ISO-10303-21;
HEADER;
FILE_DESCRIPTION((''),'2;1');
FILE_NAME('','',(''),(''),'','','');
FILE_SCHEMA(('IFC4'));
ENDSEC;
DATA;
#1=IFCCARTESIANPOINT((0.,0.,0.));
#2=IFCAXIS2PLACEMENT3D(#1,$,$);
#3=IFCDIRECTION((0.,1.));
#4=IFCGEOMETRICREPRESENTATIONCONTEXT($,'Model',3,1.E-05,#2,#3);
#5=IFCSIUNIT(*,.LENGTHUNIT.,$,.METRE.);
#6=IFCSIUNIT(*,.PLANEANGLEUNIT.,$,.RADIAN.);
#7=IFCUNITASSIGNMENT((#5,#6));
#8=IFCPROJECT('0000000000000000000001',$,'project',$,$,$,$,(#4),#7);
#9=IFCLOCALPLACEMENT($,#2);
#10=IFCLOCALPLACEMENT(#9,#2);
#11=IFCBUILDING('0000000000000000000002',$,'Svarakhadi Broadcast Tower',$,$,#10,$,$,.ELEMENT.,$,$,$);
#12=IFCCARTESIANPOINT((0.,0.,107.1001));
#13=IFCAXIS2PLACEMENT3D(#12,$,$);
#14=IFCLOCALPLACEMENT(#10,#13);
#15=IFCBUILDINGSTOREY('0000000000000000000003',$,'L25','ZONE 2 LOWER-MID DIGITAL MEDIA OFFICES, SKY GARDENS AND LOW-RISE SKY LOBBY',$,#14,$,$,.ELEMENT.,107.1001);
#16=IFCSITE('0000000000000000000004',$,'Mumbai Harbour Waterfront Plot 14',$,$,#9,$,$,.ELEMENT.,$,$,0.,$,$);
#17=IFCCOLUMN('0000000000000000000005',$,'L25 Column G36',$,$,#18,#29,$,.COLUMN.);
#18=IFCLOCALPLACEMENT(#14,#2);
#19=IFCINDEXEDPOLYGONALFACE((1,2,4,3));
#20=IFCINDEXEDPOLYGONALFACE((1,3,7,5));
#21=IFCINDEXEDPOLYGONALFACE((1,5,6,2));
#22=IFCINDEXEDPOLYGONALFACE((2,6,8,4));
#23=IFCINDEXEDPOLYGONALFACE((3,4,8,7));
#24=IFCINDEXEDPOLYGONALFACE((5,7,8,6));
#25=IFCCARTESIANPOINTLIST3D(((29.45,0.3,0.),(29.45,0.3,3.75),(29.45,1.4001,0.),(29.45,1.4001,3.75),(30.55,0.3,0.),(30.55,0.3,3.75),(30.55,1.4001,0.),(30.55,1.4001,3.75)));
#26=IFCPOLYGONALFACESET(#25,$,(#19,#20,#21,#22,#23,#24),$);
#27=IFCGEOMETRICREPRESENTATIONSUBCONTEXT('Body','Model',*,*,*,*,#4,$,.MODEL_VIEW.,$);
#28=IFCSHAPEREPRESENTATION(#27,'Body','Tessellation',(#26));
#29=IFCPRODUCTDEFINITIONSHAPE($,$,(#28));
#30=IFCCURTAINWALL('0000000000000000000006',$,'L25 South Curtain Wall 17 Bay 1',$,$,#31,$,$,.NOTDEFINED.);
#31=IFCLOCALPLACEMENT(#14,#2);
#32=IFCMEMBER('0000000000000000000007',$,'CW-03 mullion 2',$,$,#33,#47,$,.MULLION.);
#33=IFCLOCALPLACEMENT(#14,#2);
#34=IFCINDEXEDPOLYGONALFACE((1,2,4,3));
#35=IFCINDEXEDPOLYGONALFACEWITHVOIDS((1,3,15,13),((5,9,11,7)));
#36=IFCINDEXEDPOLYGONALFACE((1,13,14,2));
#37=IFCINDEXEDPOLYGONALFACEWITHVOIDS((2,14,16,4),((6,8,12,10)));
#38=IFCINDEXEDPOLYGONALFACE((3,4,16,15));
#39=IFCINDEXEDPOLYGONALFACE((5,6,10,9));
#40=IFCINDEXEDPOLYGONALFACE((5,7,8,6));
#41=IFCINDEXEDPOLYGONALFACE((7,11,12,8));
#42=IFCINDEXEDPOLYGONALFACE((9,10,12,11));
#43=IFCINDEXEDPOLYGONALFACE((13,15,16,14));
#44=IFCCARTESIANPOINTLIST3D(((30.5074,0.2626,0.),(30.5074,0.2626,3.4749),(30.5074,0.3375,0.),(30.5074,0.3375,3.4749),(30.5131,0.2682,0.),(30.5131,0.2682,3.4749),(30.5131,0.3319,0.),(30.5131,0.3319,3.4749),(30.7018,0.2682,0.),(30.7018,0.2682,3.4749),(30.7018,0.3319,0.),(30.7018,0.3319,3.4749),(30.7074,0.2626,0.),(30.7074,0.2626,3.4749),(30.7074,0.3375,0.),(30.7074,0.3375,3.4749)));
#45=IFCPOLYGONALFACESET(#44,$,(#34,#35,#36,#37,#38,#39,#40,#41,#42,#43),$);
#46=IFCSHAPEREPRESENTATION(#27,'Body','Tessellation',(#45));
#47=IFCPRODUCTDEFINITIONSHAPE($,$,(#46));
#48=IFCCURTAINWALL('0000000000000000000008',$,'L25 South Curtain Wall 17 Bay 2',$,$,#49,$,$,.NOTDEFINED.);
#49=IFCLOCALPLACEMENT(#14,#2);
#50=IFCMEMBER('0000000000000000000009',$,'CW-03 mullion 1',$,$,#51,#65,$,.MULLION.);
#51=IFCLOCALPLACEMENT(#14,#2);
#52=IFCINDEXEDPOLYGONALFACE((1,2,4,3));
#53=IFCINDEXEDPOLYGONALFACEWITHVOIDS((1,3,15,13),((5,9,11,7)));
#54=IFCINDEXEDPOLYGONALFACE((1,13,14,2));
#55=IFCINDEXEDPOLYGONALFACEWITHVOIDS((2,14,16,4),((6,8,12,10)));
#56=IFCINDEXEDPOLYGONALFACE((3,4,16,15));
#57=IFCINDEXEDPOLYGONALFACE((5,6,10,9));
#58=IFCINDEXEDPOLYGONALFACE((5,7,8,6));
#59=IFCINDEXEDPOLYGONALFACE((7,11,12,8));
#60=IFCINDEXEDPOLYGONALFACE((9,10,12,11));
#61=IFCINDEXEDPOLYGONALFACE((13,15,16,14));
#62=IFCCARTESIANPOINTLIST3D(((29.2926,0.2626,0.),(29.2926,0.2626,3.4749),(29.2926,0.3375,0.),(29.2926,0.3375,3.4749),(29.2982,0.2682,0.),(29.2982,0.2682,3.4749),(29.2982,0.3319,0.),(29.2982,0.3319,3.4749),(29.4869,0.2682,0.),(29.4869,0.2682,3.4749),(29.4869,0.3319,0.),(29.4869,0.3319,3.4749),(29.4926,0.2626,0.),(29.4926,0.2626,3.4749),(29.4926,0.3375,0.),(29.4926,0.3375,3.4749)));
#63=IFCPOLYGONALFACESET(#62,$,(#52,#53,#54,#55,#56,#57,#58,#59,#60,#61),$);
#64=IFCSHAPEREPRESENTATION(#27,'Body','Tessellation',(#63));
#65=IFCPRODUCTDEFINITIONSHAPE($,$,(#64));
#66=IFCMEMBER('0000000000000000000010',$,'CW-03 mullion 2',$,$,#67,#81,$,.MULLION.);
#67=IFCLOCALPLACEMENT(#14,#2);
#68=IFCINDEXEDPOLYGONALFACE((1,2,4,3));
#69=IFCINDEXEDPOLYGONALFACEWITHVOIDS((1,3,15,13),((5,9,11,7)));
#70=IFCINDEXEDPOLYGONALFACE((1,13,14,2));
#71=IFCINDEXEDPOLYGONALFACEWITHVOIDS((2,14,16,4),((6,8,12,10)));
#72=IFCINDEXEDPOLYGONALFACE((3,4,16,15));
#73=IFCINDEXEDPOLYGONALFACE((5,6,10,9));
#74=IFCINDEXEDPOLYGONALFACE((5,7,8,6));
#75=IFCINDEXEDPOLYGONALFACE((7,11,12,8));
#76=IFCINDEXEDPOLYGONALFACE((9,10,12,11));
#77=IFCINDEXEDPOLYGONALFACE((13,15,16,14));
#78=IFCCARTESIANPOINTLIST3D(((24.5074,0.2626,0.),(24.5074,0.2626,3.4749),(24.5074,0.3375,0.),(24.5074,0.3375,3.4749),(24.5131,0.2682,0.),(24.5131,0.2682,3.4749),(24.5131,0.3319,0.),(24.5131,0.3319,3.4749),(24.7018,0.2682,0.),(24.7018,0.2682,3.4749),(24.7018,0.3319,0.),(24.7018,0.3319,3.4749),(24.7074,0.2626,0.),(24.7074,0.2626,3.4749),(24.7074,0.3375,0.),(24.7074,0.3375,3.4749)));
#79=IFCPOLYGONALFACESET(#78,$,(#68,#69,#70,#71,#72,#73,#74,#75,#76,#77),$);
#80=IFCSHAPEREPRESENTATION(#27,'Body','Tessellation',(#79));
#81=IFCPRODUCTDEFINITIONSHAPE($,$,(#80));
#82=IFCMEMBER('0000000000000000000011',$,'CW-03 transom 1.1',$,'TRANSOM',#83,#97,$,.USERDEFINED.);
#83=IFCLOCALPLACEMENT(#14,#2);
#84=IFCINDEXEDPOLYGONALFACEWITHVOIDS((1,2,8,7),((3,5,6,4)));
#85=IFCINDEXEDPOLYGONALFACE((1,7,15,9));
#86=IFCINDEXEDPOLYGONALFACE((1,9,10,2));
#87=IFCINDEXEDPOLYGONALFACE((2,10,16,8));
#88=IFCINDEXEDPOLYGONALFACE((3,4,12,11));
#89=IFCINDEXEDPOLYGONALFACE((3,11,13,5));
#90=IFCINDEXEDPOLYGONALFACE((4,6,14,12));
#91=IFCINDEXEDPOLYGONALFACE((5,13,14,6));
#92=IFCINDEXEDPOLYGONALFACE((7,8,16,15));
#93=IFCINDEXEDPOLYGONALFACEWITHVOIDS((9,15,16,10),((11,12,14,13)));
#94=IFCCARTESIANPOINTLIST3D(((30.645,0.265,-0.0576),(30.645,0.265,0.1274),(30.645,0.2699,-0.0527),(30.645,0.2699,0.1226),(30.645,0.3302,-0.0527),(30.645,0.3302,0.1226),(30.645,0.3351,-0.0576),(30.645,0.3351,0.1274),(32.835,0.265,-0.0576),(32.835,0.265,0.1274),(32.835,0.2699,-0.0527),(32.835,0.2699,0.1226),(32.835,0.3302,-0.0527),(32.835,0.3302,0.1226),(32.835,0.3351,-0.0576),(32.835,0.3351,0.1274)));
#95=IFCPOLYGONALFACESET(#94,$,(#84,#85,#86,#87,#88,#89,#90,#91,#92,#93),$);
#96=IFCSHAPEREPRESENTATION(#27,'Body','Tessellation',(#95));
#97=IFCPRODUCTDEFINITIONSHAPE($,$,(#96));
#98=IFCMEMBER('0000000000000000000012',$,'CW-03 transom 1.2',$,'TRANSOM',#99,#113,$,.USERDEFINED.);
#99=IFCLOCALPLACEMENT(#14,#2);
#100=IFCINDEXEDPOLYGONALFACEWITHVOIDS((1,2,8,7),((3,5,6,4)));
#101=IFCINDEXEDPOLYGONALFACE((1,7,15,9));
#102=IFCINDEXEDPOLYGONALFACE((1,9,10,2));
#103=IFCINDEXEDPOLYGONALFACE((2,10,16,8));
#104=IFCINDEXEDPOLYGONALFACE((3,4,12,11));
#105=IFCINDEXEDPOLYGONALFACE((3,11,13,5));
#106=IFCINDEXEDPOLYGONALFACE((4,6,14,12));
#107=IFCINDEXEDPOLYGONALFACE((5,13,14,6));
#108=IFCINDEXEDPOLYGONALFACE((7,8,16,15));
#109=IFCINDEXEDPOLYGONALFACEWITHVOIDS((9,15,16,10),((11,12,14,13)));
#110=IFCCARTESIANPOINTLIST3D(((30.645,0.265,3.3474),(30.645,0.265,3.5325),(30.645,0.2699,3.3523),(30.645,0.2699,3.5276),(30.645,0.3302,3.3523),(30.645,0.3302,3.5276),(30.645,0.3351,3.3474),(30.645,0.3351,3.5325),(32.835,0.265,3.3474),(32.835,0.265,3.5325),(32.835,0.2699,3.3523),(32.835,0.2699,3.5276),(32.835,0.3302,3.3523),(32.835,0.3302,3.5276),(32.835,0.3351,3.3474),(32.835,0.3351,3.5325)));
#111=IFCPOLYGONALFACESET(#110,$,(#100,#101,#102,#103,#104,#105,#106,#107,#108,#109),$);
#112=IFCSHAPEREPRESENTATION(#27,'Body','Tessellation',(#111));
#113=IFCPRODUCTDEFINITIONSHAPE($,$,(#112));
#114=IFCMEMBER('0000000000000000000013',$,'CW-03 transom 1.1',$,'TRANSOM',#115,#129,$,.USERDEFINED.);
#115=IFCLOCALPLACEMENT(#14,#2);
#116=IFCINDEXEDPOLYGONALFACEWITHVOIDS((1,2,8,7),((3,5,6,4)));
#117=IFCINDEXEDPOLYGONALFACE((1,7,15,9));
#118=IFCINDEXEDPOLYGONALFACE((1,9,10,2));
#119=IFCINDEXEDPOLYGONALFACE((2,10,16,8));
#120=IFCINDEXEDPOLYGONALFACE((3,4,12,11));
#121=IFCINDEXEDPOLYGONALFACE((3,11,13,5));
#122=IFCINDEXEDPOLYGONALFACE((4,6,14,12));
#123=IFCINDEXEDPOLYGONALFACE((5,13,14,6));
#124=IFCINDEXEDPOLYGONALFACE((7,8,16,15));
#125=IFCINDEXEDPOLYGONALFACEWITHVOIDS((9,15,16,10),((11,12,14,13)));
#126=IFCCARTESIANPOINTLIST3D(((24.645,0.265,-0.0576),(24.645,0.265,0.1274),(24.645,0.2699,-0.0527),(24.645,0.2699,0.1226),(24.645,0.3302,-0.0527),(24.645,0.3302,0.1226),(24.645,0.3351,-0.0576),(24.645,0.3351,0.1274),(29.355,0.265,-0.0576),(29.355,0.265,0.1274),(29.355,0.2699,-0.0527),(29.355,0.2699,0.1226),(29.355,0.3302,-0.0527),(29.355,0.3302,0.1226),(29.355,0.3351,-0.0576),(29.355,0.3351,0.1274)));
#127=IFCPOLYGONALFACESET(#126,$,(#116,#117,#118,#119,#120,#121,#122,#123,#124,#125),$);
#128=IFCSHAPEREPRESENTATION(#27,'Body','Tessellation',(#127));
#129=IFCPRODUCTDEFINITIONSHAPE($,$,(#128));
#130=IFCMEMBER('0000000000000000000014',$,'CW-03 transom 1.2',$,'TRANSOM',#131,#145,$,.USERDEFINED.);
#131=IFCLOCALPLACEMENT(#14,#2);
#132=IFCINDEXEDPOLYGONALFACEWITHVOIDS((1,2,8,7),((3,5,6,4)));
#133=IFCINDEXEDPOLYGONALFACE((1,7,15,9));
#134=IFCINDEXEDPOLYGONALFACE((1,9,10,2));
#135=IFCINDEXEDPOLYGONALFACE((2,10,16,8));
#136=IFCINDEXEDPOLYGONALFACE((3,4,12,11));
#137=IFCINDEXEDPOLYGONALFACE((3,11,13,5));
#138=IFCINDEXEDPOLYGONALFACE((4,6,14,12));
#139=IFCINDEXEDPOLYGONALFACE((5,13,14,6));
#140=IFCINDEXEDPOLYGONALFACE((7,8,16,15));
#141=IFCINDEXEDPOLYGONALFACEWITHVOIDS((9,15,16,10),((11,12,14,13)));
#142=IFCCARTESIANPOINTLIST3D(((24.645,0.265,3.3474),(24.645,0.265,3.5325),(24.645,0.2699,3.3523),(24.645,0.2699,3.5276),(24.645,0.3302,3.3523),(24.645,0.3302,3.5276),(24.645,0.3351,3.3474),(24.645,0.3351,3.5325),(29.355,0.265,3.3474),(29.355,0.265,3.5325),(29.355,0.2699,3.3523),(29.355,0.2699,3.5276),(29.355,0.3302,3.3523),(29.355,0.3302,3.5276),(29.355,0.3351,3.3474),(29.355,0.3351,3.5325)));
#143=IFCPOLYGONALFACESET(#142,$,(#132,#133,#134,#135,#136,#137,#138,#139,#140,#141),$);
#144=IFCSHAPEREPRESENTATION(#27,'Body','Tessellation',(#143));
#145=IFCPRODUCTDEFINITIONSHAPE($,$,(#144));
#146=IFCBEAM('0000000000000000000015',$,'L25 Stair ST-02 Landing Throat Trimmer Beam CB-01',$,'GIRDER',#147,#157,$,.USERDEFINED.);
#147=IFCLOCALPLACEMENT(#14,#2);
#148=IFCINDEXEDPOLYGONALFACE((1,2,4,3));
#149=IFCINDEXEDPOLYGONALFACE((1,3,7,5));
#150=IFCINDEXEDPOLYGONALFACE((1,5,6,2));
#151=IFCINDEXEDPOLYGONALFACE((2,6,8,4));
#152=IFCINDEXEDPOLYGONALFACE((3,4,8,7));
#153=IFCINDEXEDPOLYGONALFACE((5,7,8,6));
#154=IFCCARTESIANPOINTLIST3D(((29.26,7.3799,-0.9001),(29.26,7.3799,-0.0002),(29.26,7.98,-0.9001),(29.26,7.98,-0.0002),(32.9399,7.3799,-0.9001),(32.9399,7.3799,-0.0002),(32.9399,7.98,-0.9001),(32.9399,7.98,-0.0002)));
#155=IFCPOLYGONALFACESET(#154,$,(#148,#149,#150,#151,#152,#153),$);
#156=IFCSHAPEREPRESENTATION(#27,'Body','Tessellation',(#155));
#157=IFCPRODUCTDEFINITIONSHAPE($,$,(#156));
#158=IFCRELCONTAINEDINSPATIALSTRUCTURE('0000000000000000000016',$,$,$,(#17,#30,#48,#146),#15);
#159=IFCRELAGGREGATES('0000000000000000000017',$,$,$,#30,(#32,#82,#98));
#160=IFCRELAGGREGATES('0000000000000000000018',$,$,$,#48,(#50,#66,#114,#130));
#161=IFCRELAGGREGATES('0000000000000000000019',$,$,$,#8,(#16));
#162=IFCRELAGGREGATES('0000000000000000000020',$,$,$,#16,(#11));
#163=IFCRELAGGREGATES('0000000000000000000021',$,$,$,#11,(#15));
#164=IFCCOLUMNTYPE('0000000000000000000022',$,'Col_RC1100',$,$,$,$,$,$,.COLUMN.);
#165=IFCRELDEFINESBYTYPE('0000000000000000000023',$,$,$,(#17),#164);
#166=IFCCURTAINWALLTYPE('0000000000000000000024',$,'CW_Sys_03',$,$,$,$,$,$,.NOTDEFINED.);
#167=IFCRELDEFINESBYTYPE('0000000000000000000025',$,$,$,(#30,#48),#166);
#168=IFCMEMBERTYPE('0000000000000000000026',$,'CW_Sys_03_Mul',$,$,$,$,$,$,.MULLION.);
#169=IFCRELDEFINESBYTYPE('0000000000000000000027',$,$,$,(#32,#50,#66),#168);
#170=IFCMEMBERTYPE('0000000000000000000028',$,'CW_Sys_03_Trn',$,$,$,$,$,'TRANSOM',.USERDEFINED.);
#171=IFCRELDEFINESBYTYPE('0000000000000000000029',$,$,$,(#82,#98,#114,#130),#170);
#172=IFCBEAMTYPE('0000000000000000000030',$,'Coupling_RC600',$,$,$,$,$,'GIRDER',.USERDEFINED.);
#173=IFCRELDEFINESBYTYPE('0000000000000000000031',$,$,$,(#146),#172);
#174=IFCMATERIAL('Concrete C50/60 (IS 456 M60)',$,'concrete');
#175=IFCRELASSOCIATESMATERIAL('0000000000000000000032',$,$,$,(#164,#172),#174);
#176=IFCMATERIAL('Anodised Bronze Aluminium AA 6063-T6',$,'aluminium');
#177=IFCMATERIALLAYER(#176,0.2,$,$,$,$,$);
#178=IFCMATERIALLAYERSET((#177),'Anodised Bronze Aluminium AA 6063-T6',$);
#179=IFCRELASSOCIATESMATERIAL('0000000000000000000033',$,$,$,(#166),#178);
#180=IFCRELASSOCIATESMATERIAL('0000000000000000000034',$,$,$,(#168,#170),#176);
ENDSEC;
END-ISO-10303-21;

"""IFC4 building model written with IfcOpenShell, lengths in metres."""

from ifc_helpers import new_model, si_unit, direction, frame, origin, origin_2d, place, context, subcontext, project, spatial, rectangle, hollow_rectangle, extrude, material, layer, layer_set, material_profile, profile_set, type_object, element, aggregate, save


model = new_model("IFC4")

# Units and contexts
model_context = context("Model", 3, precision=1e-05, world=origin(), true_north=direction((0.0, 1.0)))
body_context = subcontext(model_context, "Body", "Model", "MODEL_VIEW")
ifc_project = project(units=[si_unit("LENGTHUNIT", "METRE"), si_unit("PLANEANGLEUNIT", "RADIAN")], contexts=[model_context])

# Site, building, storey
site_placement = place(None, origin())
site = spatial("IfcSite", under=ifc_project, at=site_placement, Name="Mumbai Harbour Waterfront Plot 14", CompositionType="ELEMENT", RefElevation=0.0)
building_placement = place(site_placement, origin())
building = spatial("IfcBuilding", under=site, at=building_placement, Name="Svarakhadi Broadcast Tower", CompositionType="ELEMENT")
storey_placement = place(building_placement, frame((0.0, 0.0, 107.1001)))
storey = spatial("IfcBuildingStorey", under=building, at=storey_placement, Name="L25", Description="ZONE 2 LOWER-MID DIGITAL MEDIA OFFICES, SKY GARDENS AND LOW-RISE SKY LOBBY", CompositionType="ELEMENT", Elevation=107.1001)

# Column
ifc_material_1 = material(Name="Concrete C50/60 (IS 456 M60)", Category="concrete")
ifc_material_profile_1 = material_profile(ifc_material_1, rectangle(XDim=1.1001, YDim=1.1001, at=origin_2d()), Name="RC 1100x1100")
ifc_profile_set_1 = profile_set([ifc_material_profile_1], Name="Concrete C50/60 (IS 456 M60)")
column_type = type_object("IfcColumnType", Name="Col_RC1100", PredefinedType="COLUMN", material=ifc_profile_set_1)
column_placement = place(storey_placement, frame((30.0, 0.8501, 0.0), z_axis=(0.0, 0.0, 1.0), x_axis=(1.0, 0.0, 0.0)))
element("IfcColumn", 1, at=column_placement, inside=storey, type_object=column_type, Name="L25 Column G36", PredefinedType="COLUMN", context=body_context, shape_type="SweptSolid", body=[
    extrude(rectangle(XDim=1.1001, YDim=1.1001, at=origin_2d()), origin(), (0.0, 0.0, 1.0), 3.75),
])

# Curtain wall, member
ifc_material_2 = material(Name="Anodised Bronze Aluminium AA 6063-T6", Category="aluminium")
ifc_layer_1 = layer(ifc_material_2, 0.2)
ifc_layer_set_1 = layer_set([ifc_layer_1], Name="Anodised Bronze Aluminium AA 6063-T6")
curtain_wall_type = type_object("IfcCurtainWallType", Name="CW_Sys_03", PredefinedType="NOTDEFINED", material=ifc_layer_set_1)
curtain_wall_1_placement = place(storey_placement, origin())
curtain_wall_1 = element("IfcCurtainWall", 2, at=curtain_wall_1_placement, inside=storey, type_object=curtain_wall_type, Name="L25 South Curtain Wall 17 Bay 1", PredefinedType="NOTDEFINED")
ifc_material_profile_2 = material_profile(ifc_material_2, hollow_rectangle(XDim=0.075, YDim=0.2, WallThickness=0.0056, at=origin_2d()), Name="ALU MULLION 200x75x6")
ifc_profile_set_2 = profile_set([ifc_material_profile_2], Name="Anodised Bronze Aluminium AA 6063-T6")
member_type_1 = type_object("IfcMemberType", Name="CW_Sys_03_Mul", PredefinedType="MULLION", material=ifc_profile_set_2)
member_1_placement = place(storey_placement, frame((30.6074, 0.3, 0.0), z_axis=(0.0, 0.0, 1.0), x_axis=(0.0, -1.0, 0.0)))
member_1 = element("IfcMember", 3, at=member_1_placement, type_object=member_type_1, Name="CW-03 mullion 2", PredefinedType="MULLION", context=body_context, shape_type="SweptSolid", body=[
    extrude(hollow_rectangle(XDim=0.075, YDim=0.2, WallThickness=0.0056, at=origin_2d()), origin(), (0.0, 0.0, 1.0), 3.4749),
])

# Curtain wall, members
curtain_wall_2_placement = place(storey_placement, origin())
curtain_wall_2 = element("IfcCurtainWall", 4, at=curtain_wall_2_placement, inside=storey, type_object=curtain_wall_type, Name="L25 South Curtain Wall 17 Bay 2", PredefinedType="NOTDEFINED")
member_2_placement = place(storey_placement, frame((29.3926, 0.3, 0.0), z_axis=(0.0, 0.0, 1.0), x_axis=(0.0, -1.0, 0.0)))
member_2 = element("IfcMember", 5, at=member_2_placement, type_object=member_type_1, Name="CW-03 mullion 1", PredefinedType="MULLION", context=body_context, shape_type="SweptSolid", body=[
    extrude(hollow_rectangle(XDim=0.075, YDim=0.2, WallThickness=0.0056, at=origin_2d()), origin(), (0.0, 0.0, 1.0), 3.4749),
])
member_3_placement = place(storey_placement, frame((24.6074, 0.3, 0.0), z_axis=(0.0, 0.0, 1.0), x_axis=(0.0, -1.0, 0.0)))
member_3 = element("IfcMember", 6, at=member_3_placement, type_object=member_type_1, Name="CW-03 mullion 2", PredefinedType="MULLION", context=body_context, shape_type="SweptSolid", body=[
    extrude(hollow_rectangle(XDim=0.075, YDim=0.2, WallThickness=0.0056, at=origin_2d()), origin(), (0.0, 0.0, 1.0), 3.4749),
])

# Members
ifc_material_profile_3 = material_profile(ifc_material_2, hollow_rectangle(XDim=0.0701, YDim=0.1851, WallThickness=0.0049, at=origin_2d()), Name="ALU TRANSOM 185x70x5")
ifc_profile_set_3 = profile_set([ifc_material_profile_3], Name="Anodised Bronze Aluminium AA 6063-T6")
member_type_2 = type_object("IfcMemberType", Name="CW_Sys_03_Trn", ElementType="TRANSOM", PredefinedType="USERDEFINED", material=ifc_profile_set_3)
member_4_placement = place(storey_placement, frame((32.835, 0.3, 0.0349), z_axis=(-1.0, 0.0, 0.0), x_axis=(0.0, -1.0, 0.0)))
member_4 = element("IfcMember", 7, at=member_4_placement, type_object=member_type_2, Name="CW-03 transom 1.1", ObjectType="TRANSOM", PredefinedType="USERDEFINED", context=body_context, shape_type="SweptSolid", body=[
    extrude(hollow_rectangle(XDim=0.0701, YDim=0.1851, WallThickness=0.0049, at=origin_2d()), origin(), (0.0, 0.0, 1.0), 2.1899),
])
member_5_placement = place(storey_placement, frame((32.835, 0.3, 3.4399), z_axis=(-1.0, 0.0, 0.0), x_axis=(0.0, -1.0, 0.0)))
member_5 = element("IfcMember", 8, at=member_5_placement, type_object=member_type_2, Name="CW-03 transom 1.2", ObjectType="TRANSOM", PredefinedType="USERDEFINED", context=body_context, shape_type="SweptSolid", body=[
    extrude(hollow_rectangle(XDim=0.0701, YDim=0.1851, WallThickness=0.0049, at=origin_2d()), origin(), (0.0, 0.0, 1.0), 2.1899),
])
member_6_placement = place(storey_placement, frame((29.355, 0.3, 0.0349), z_axis=(-1.0, 0.0, 0.0), x_axis=(0.0, -1.0, 0.0)))
member_6 = element("IfcMember", 9, at=member_6_placement, type_object=member_type_2, Name="CW-03 transom 1.1", ObjectType="TRANSOM", PredefinedType="USERDEFINED", context=body_context, shape_type="SweptSolid", body=[
    extrude(hollow_rectangle(XDim=0.0701, YDim=0.1851, WallThickness=0.0049, at=origin_2d()), origin(), (0.0, 0.0, 1.0), 4.71),
])
member_7_placement = place(storey_placement, frame((29.355, 0.3, 3.4399), z_axis=(-1.0, 0.0, 0.0), x_axis=(0.0, -1.0, 0.0)))
member_7 = element("IfcMember", 10, at=member_7_placement, type_object=member_type_2, Name="CW-03 transom 1.2", ObjectType="TRANSOM", PredefinedType="USERDEFINED", context=body_context, shape_type="SweptSolid", body=[
    extrude(hollow_rectangle(XDim=0.0701, YDim=0.1851, WallThickness=0.0049, at=origin_2d()), origin(), (0.0, 0.0, 1.0), 4.71),
])

# Beam
ifc_material_profile_4 = material_profile(ifc_material_1, rectangle(XDim=0.6001, YDim=0.8999, at=origin_2d()), Name="RC 600x900")
ifc_profile_set_4 = profile_set([ifc_material_profile_4], Name="Concrete C50/60 (IS 456 M60)")
beam_type_1 = type_object("IfcBeamType", Name="Coupling_RC600", ElementType="GIRDER", PredefinedType="USERDEFINED", material=ifc_profile_set_4)
beam_1_placement = place(storey_placement, frame((29.26, 7.6799, -0.4502), z_axis=(1.0, 0.0, 0.0), x_axis=(0.0, 1.0, 0.0)))
element("IfcBeam", 11, at=beam_1_placement, inside=storey, type_object=beam_type_1, Name="L25 Stair ST-02 Landing Throat Trimmer Beam CB-01", ObjectType="GIRDER", PredefinedType="USERDEFINED", context=body_context, shape_type="SweptSolid", body=[
    extrude(rectangle(XDim=0.6001, YDim=0.8999, at=origin_2d()), origin(), (0.0, 0.0, 1.0), 3.6799),
])

aggregate(curtain_wall_1, [member_1, member_4, member_5])
aggregate(curtain_wall_2, [member_2, member_3, member_6, member_7])

save(model, "model.ifc")
